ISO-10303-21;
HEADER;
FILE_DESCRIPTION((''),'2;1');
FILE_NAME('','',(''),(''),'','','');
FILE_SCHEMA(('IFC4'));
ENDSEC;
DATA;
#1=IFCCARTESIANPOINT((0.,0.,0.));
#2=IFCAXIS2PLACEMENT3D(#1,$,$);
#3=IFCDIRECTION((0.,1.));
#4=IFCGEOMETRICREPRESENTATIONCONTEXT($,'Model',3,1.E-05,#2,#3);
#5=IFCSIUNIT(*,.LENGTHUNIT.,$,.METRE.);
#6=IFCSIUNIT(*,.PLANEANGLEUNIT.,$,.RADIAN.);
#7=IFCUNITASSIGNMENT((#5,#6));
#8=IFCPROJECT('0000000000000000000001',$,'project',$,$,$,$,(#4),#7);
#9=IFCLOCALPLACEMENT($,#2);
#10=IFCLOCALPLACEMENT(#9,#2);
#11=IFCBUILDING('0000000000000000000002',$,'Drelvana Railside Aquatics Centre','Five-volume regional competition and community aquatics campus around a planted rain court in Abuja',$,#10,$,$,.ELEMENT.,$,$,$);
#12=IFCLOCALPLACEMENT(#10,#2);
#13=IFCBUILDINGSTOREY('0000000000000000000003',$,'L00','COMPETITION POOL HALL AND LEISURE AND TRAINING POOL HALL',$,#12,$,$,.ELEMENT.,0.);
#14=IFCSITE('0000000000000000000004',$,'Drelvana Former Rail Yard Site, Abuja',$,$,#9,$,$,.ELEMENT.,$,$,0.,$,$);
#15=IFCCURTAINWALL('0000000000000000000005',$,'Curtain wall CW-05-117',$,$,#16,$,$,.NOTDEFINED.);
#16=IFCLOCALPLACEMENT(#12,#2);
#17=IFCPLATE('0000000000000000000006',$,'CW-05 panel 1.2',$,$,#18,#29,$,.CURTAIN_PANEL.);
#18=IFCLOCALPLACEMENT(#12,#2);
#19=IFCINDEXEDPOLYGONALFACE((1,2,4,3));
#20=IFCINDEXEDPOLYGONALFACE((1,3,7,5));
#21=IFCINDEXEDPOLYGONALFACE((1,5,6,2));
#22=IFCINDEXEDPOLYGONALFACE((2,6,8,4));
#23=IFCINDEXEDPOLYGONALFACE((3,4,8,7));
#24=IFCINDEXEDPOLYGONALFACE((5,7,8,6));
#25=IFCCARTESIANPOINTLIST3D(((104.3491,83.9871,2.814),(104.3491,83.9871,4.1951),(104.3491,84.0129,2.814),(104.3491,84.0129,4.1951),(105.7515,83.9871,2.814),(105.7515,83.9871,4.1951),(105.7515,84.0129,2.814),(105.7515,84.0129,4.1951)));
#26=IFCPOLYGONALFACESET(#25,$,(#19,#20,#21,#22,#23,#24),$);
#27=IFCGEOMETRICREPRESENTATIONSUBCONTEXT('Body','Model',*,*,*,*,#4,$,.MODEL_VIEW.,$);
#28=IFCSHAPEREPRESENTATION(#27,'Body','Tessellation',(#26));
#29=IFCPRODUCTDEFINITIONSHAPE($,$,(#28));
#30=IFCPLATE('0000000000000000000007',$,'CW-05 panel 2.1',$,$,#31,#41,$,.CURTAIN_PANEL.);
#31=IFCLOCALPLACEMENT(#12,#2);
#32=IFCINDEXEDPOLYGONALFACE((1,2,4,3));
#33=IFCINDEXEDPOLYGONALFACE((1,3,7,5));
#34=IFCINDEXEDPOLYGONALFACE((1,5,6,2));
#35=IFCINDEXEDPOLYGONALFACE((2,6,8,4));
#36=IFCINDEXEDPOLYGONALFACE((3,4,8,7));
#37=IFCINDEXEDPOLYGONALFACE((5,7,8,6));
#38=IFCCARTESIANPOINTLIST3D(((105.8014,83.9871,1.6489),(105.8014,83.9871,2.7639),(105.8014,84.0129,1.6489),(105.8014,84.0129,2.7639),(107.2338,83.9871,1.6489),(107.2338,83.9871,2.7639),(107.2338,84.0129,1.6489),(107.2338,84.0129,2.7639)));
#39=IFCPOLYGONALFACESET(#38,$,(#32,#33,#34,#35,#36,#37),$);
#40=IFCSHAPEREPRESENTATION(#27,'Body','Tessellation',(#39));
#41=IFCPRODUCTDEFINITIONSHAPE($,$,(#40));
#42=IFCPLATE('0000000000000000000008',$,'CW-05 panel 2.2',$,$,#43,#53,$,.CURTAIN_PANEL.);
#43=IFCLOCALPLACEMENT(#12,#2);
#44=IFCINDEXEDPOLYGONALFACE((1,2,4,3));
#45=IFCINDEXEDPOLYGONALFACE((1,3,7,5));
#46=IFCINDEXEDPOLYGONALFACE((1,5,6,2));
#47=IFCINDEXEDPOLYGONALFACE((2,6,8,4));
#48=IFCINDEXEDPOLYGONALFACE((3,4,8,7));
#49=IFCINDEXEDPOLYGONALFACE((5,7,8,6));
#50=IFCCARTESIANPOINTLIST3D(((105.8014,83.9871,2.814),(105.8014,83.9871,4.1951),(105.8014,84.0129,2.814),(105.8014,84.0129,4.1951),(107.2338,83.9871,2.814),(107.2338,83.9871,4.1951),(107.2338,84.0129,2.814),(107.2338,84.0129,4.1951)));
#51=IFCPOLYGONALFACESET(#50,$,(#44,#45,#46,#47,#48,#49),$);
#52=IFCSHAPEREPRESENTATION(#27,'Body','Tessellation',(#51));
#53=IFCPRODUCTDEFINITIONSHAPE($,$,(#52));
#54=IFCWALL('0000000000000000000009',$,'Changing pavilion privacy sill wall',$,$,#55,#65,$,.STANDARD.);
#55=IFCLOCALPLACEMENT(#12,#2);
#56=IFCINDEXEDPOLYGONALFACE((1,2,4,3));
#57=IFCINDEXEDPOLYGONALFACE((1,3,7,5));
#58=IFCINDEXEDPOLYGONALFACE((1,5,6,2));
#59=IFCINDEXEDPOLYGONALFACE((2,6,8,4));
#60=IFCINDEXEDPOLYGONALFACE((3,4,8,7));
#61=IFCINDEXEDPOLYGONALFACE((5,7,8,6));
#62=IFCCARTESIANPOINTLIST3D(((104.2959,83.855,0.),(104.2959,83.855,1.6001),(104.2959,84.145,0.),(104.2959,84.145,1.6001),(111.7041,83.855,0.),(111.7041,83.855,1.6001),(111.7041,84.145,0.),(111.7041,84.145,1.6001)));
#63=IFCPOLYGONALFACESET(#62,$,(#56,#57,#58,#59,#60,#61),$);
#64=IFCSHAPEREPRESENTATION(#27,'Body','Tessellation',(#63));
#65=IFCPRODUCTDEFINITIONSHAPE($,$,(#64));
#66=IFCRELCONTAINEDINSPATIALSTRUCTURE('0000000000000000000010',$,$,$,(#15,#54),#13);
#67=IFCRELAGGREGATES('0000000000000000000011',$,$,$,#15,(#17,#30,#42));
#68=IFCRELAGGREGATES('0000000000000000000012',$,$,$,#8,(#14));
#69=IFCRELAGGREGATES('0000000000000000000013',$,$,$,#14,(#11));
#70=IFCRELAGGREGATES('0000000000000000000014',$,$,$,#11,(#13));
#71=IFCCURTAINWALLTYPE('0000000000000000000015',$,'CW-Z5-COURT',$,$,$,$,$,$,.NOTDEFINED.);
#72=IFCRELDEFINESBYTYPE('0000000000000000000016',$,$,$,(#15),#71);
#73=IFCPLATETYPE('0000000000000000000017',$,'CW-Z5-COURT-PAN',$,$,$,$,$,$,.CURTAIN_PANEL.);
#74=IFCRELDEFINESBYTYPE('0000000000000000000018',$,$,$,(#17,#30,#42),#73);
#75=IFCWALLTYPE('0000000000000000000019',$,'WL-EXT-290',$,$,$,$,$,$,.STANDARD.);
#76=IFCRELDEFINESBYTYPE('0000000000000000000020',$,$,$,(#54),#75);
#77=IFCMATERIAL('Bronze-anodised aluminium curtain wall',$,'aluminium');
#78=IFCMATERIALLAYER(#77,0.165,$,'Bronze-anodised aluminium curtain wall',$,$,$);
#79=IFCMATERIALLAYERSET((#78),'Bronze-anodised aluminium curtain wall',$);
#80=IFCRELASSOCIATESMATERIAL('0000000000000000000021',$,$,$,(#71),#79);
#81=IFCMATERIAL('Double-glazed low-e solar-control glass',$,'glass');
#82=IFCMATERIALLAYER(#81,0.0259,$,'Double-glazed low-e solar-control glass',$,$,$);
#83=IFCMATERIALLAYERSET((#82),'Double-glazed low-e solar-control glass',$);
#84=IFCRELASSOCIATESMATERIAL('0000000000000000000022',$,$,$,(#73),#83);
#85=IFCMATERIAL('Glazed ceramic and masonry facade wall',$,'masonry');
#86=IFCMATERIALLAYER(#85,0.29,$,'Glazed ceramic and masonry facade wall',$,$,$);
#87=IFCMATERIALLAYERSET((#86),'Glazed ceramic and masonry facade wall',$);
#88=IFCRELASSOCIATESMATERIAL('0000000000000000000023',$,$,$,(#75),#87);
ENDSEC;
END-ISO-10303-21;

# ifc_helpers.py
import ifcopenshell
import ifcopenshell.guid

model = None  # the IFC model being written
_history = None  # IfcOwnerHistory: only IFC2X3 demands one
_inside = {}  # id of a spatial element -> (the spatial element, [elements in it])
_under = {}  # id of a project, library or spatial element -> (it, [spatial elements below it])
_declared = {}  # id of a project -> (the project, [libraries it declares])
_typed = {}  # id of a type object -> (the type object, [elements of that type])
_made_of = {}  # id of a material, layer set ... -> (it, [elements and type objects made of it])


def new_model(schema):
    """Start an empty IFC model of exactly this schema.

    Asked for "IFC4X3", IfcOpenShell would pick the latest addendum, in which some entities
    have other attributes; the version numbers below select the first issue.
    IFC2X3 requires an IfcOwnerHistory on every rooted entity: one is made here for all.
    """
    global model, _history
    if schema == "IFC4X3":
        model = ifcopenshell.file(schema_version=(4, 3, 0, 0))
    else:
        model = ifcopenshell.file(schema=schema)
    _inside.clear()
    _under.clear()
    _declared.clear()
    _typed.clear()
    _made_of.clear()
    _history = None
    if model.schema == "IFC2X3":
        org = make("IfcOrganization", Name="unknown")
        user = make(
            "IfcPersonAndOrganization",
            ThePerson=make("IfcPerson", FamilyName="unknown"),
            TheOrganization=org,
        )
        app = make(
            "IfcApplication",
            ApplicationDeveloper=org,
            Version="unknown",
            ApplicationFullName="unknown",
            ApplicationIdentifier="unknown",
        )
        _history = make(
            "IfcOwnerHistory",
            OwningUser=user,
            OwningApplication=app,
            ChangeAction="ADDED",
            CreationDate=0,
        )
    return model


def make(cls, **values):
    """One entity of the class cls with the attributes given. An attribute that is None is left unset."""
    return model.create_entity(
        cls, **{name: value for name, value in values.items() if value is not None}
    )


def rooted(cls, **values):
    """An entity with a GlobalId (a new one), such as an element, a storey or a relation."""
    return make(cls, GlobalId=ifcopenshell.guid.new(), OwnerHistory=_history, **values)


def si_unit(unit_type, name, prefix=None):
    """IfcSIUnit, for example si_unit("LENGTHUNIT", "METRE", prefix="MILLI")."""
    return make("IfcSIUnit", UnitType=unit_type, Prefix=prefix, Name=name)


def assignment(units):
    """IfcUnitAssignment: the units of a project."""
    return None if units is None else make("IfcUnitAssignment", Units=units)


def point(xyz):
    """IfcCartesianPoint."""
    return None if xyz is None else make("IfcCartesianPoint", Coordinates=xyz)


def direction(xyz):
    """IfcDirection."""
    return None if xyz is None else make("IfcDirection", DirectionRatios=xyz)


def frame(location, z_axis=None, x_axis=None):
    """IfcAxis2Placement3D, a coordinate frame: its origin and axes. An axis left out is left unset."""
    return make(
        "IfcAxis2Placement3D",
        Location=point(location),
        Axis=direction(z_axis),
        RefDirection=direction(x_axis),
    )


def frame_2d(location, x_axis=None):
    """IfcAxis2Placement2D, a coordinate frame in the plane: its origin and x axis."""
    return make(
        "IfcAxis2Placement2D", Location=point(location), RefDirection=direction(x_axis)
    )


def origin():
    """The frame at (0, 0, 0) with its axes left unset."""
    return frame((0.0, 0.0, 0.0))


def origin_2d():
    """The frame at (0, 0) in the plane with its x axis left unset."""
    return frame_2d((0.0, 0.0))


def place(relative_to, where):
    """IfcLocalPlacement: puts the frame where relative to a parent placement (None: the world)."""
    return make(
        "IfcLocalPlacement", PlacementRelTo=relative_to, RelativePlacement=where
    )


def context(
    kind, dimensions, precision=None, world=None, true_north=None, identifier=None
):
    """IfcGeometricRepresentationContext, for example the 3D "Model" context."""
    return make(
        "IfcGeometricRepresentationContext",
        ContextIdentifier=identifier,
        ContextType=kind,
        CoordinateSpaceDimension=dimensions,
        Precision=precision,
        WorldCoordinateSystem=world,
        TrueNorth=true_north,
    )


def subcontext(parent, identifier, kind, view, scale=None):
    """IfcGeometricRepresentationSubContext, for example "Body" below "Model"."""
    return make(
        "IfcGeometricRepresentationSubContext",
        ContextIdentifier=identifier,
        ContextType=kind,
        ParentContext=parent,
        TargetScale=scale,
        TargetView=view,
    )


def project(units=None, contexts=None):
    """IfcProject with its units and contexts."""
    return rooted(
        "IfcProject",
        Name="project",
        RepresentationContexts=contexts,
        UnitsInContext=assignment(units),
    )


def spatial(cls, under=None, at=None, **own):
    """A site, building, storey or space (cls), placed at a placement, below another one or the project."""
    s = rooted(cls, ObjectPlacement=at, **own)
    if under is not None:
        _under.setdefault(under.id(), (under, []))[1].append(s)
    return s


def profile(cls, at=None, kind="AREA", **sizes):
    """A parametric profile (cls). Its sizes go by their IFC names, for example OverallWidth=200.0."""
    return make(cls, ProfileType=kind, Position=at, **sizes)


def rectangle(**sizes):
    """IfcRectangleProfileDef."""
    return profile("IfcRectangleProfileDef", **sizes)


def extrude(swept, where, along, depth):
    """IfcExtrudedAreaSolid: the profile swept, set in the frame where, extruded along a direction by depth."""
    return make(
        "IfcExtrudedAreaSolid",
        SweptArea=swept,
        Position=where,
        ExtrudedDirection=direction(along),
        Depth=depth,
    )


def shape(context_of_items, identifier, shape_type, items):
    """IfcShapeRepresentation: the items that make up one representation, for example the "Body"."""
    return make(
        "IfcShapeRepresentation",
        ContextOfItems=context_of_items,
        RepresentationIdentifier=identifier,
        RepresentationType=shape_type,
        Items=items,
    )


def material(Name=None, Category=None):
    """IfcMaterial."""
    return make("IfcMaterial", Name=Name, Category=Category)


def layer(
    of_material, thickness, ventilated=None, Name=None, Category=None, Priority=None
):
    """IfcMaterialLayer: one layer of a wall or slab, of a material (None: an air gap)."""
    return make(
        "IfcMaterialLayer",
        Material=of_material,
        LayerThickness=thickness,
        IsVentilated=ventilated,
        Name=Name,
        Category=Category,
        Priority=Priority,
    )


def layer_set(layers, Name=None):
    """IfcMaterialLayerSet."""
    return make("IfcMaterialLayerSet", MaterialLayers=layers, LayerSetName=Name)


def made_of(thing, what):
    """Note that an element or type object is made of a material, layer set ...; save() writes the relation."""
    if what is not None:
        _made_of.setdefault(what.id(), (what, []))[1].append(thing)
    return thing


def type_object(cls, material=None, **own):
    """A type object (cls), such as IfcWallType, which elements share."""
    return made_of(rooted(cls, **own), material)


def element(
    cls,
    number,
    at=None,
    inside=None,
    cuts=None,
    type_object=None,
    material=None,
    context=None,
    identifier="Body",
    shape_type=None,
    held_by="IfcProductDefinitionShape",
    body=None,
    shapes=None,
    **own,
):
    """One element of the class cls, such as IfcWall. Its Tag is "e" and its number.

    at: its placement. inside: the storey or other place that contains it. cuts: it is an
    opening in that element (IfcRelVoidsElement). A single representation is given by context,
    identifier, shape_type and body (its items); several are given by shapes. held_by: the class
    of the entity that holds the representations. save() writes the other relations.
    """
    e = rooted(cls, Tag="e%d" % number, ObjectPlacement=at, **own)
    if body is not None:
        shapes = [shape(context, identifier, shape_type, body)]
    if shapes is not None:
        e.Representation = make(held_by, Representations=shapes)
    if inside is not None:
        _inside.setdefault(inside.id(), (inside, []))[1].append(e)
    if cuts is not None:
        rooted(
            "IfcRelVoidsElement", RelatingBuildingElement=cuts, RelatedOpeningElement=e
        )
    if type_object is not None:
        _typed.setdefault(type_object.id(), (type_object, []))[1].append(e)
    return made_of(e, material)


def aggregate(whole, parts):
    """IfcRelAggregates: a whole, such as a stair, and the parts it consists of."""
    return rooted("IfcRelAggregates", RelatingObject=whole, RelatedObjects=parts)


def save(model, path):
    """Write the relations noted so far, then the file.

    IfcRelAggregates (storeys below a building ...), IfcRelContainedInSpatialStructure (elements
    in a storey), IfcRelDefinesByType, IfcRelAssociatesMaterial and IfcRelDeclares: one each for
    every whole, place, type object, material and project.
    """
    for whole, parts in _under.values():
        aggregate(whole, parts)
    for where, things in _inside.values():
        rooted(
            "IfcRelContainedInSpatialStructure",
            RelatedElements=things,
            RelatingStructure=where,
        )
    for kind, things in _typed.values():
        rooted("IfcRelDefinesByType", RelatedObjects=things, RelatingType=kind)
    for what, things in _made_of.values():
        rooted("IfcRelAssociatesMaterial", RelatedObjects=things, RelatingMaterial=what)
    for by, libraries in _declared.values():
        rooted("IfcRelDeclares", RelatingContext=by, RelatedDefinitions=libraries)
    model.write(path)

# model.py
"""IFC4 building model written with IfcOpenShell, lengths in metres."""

from ifc_helpers import new_model, si_unit, direction, frame, frame_2d, origin, origin_2d, place, context, subcontext, project, spatial, rectangle, extrude, material, layer, layer_set, type_object, element, aggregate, save


model = new_model("IFC4")

# Units and contexts
model_context = context("Model", 3, precision=1e-05, world=origin(), true_north=direction((0.0, 1.0)))
body_context = subcontext(model_context, "Body", "Model", "MODEL_VIEW")
ifc_project = project(units=[si_unit("LENGTHUNIT", "METRE"), si_unit("PLANEANGLEUNIT", "RADIAN")], contexts=[model_context])

# Site, building, storey
site_placement = place(None, origin())
site = spatial("IfcSite", under=ifc_project, at=site_placement, Name="Drelvana Former Rail Yard Site, Abuja", CompositionType="ELEMENT", RefElevation=0.0)
building_placement = place(site_placement, origin())
building = spatial("IfcBuilding", under=site, at=building_placement, Name="Drelvana Railside Aquatics Centre", Description="Five-volume regional competition and community aquatics campus around a planted rain court in Abuja", CompositionType="ELEMENT")
storey_placement = place(building_placement, origin())
storey = spatial("IfcBuildingStorey", under=building, at=storey_placement, Name="L00", Description="COMPETITION POOL HALL AND LEISURE AND TRAINING POOL HALL", CompositionType="ELEMENT", Elevation=0.0)

# Curtain wall
ifc_material_1 = material(Name="Bronze-anodised aluminium curtain wall", Category="aluminium")
ifc_layer_1 = layer(ifc_material_1, 0.165, Name="Bronze-anodised aluminium curtain wall")
ifc_layer_set_1 = layer_set([ifc_layer_1], Name="Bronze-anodised aluminium curtain wall")
curtain_wall_type = type_object("IfcCurtainWallType", Name="CW-Z5-COURT", PredefinedType="NOTDEFINED", material=ifc_layer_set_1)
curtain_wall_1_placement = place(storey_placement, origin())
curtain_wall_1 = element("IfcCurtainWall", 1, at=curtain_wall_1_placement, inside=storey, type_object=curtain_wall_type, Name="Curtain wall CW-05-117", PredefinedType="NOTDEFINED")

# Plates
ifc_material_2 = material(Name="Double-glazed low-e solar-control glass", Category="glass")
ifc_layer_2 = layer(ifc_material_2, 0.0259, Name="Double-glazed low-e solar-control glass")
ifc_layer_set_2 = layer_set([ifc_layer_2], Name="Double-glazed low-e solar-control glass")
plate_type = type_object("IfcPlateType", Name="CW-Z5-COURT-PAN", PredefinedType="CURTAIN_PANEL", material=ifc_layer_set_2)
plate_1_placement = place(storey_placement, frame((105.0503, 84.0, 2.814), z_axis=(0.0, 0.0, 1.0), x_axis=(1.0, 0.0, 0.0)))
plate_1 = element("IfcPlate", 2, at=plate_1_placement, type_object=plate_type, Name="CW-05 panel 1.2", PredefinedType="CURTAIN_PANEL", context=body_context, shape_type="SweptSolid", body=[
    extrude(rectangle(XDim=1.4023, YDim=0.0259, at=origin_2d()), origin(), (0.0, 0.0, 1.0), 1.3811),
])
plate_2_placement = place(storey_placement, frame((106.5176, 84.0, 1.6489), z_axis=(0.0, 0.0, 1.0), x_axis=(1.0, 0.0, 0.0)))
plate_2 = element("IfcPlate", 3, at=plate_2_placement, type_object=plate_type, Name="CW-05 panel 2.1", PredefinedType="CURTAIN_PANEL", context=body_context, shape_type="SweptSolid", body=[
    extrude(rectangle(XDim=1.4324, YDim=0.0259, at=origin_2d()), origin(), (0.0, 0.0, 1.0), 1.115),
])
plate_3_placement = place(storey_placement, frame((106.5176, 84.0, 2.814), z_axis=(0.0, 0.0, 1.0), x_axis=(1.0, 0.0, 0.0)))
plate_3 = element("IfcPlate", 4, at=plate_3_placement, type_object=plate_type, Name="CW-05 panel 2.2", PredefinedType="CURTAIN_PANEL", context=body_context, shape_type="SweptSolid", body=[
    extrude(rectangle(XDim=1.4324, YDim=0.0259, at=origin_2d()), origin(), (0.0, 0.0, 1.0), 1.3811),
])
aggregate(curtain_wall_1, [plate_1, plate_2, plate_3])

# Wall
ifc_material_3 = material(Name="Glazed ceramic and masonry facade wall", Category="masonry")
ifc_layer_3 = layer(ifc_material_3, 0.29, Name="Glazed ceramic and masonry facade wall")
ifc_layer_set_3 = layer_set([ifc_layer_3], Name="Glazed ceramic and masonry facade wall")
wall_type = type_object("IfcWallType", Name="WL-EXT-290", PredefinedType="STANDARD", material=ifc_layer_set_3)
wall_placement = place(storey_placement, frame((104.2959, 84.0, 0.0), z_axis=(0.0, 0.0, 1.0), x_axis=(1.0, 0.0, 0.0)))
element("IfcWall", 5, at=wall_placement, inside=storey, type_object=wall_type, Name="Changing pavilion privacy sill wall", PredefinedType="STANDARD", context=body_context, shape_type="SweptSolid", body=[
    extrude(rectangle(XDim=7.4082, YDim=0.29, at=frame_2d((3.7041, 0.0))), origin(), (0.0, 0.0, 1.0), 1.6001),
])

save(model, "model.ifc")
